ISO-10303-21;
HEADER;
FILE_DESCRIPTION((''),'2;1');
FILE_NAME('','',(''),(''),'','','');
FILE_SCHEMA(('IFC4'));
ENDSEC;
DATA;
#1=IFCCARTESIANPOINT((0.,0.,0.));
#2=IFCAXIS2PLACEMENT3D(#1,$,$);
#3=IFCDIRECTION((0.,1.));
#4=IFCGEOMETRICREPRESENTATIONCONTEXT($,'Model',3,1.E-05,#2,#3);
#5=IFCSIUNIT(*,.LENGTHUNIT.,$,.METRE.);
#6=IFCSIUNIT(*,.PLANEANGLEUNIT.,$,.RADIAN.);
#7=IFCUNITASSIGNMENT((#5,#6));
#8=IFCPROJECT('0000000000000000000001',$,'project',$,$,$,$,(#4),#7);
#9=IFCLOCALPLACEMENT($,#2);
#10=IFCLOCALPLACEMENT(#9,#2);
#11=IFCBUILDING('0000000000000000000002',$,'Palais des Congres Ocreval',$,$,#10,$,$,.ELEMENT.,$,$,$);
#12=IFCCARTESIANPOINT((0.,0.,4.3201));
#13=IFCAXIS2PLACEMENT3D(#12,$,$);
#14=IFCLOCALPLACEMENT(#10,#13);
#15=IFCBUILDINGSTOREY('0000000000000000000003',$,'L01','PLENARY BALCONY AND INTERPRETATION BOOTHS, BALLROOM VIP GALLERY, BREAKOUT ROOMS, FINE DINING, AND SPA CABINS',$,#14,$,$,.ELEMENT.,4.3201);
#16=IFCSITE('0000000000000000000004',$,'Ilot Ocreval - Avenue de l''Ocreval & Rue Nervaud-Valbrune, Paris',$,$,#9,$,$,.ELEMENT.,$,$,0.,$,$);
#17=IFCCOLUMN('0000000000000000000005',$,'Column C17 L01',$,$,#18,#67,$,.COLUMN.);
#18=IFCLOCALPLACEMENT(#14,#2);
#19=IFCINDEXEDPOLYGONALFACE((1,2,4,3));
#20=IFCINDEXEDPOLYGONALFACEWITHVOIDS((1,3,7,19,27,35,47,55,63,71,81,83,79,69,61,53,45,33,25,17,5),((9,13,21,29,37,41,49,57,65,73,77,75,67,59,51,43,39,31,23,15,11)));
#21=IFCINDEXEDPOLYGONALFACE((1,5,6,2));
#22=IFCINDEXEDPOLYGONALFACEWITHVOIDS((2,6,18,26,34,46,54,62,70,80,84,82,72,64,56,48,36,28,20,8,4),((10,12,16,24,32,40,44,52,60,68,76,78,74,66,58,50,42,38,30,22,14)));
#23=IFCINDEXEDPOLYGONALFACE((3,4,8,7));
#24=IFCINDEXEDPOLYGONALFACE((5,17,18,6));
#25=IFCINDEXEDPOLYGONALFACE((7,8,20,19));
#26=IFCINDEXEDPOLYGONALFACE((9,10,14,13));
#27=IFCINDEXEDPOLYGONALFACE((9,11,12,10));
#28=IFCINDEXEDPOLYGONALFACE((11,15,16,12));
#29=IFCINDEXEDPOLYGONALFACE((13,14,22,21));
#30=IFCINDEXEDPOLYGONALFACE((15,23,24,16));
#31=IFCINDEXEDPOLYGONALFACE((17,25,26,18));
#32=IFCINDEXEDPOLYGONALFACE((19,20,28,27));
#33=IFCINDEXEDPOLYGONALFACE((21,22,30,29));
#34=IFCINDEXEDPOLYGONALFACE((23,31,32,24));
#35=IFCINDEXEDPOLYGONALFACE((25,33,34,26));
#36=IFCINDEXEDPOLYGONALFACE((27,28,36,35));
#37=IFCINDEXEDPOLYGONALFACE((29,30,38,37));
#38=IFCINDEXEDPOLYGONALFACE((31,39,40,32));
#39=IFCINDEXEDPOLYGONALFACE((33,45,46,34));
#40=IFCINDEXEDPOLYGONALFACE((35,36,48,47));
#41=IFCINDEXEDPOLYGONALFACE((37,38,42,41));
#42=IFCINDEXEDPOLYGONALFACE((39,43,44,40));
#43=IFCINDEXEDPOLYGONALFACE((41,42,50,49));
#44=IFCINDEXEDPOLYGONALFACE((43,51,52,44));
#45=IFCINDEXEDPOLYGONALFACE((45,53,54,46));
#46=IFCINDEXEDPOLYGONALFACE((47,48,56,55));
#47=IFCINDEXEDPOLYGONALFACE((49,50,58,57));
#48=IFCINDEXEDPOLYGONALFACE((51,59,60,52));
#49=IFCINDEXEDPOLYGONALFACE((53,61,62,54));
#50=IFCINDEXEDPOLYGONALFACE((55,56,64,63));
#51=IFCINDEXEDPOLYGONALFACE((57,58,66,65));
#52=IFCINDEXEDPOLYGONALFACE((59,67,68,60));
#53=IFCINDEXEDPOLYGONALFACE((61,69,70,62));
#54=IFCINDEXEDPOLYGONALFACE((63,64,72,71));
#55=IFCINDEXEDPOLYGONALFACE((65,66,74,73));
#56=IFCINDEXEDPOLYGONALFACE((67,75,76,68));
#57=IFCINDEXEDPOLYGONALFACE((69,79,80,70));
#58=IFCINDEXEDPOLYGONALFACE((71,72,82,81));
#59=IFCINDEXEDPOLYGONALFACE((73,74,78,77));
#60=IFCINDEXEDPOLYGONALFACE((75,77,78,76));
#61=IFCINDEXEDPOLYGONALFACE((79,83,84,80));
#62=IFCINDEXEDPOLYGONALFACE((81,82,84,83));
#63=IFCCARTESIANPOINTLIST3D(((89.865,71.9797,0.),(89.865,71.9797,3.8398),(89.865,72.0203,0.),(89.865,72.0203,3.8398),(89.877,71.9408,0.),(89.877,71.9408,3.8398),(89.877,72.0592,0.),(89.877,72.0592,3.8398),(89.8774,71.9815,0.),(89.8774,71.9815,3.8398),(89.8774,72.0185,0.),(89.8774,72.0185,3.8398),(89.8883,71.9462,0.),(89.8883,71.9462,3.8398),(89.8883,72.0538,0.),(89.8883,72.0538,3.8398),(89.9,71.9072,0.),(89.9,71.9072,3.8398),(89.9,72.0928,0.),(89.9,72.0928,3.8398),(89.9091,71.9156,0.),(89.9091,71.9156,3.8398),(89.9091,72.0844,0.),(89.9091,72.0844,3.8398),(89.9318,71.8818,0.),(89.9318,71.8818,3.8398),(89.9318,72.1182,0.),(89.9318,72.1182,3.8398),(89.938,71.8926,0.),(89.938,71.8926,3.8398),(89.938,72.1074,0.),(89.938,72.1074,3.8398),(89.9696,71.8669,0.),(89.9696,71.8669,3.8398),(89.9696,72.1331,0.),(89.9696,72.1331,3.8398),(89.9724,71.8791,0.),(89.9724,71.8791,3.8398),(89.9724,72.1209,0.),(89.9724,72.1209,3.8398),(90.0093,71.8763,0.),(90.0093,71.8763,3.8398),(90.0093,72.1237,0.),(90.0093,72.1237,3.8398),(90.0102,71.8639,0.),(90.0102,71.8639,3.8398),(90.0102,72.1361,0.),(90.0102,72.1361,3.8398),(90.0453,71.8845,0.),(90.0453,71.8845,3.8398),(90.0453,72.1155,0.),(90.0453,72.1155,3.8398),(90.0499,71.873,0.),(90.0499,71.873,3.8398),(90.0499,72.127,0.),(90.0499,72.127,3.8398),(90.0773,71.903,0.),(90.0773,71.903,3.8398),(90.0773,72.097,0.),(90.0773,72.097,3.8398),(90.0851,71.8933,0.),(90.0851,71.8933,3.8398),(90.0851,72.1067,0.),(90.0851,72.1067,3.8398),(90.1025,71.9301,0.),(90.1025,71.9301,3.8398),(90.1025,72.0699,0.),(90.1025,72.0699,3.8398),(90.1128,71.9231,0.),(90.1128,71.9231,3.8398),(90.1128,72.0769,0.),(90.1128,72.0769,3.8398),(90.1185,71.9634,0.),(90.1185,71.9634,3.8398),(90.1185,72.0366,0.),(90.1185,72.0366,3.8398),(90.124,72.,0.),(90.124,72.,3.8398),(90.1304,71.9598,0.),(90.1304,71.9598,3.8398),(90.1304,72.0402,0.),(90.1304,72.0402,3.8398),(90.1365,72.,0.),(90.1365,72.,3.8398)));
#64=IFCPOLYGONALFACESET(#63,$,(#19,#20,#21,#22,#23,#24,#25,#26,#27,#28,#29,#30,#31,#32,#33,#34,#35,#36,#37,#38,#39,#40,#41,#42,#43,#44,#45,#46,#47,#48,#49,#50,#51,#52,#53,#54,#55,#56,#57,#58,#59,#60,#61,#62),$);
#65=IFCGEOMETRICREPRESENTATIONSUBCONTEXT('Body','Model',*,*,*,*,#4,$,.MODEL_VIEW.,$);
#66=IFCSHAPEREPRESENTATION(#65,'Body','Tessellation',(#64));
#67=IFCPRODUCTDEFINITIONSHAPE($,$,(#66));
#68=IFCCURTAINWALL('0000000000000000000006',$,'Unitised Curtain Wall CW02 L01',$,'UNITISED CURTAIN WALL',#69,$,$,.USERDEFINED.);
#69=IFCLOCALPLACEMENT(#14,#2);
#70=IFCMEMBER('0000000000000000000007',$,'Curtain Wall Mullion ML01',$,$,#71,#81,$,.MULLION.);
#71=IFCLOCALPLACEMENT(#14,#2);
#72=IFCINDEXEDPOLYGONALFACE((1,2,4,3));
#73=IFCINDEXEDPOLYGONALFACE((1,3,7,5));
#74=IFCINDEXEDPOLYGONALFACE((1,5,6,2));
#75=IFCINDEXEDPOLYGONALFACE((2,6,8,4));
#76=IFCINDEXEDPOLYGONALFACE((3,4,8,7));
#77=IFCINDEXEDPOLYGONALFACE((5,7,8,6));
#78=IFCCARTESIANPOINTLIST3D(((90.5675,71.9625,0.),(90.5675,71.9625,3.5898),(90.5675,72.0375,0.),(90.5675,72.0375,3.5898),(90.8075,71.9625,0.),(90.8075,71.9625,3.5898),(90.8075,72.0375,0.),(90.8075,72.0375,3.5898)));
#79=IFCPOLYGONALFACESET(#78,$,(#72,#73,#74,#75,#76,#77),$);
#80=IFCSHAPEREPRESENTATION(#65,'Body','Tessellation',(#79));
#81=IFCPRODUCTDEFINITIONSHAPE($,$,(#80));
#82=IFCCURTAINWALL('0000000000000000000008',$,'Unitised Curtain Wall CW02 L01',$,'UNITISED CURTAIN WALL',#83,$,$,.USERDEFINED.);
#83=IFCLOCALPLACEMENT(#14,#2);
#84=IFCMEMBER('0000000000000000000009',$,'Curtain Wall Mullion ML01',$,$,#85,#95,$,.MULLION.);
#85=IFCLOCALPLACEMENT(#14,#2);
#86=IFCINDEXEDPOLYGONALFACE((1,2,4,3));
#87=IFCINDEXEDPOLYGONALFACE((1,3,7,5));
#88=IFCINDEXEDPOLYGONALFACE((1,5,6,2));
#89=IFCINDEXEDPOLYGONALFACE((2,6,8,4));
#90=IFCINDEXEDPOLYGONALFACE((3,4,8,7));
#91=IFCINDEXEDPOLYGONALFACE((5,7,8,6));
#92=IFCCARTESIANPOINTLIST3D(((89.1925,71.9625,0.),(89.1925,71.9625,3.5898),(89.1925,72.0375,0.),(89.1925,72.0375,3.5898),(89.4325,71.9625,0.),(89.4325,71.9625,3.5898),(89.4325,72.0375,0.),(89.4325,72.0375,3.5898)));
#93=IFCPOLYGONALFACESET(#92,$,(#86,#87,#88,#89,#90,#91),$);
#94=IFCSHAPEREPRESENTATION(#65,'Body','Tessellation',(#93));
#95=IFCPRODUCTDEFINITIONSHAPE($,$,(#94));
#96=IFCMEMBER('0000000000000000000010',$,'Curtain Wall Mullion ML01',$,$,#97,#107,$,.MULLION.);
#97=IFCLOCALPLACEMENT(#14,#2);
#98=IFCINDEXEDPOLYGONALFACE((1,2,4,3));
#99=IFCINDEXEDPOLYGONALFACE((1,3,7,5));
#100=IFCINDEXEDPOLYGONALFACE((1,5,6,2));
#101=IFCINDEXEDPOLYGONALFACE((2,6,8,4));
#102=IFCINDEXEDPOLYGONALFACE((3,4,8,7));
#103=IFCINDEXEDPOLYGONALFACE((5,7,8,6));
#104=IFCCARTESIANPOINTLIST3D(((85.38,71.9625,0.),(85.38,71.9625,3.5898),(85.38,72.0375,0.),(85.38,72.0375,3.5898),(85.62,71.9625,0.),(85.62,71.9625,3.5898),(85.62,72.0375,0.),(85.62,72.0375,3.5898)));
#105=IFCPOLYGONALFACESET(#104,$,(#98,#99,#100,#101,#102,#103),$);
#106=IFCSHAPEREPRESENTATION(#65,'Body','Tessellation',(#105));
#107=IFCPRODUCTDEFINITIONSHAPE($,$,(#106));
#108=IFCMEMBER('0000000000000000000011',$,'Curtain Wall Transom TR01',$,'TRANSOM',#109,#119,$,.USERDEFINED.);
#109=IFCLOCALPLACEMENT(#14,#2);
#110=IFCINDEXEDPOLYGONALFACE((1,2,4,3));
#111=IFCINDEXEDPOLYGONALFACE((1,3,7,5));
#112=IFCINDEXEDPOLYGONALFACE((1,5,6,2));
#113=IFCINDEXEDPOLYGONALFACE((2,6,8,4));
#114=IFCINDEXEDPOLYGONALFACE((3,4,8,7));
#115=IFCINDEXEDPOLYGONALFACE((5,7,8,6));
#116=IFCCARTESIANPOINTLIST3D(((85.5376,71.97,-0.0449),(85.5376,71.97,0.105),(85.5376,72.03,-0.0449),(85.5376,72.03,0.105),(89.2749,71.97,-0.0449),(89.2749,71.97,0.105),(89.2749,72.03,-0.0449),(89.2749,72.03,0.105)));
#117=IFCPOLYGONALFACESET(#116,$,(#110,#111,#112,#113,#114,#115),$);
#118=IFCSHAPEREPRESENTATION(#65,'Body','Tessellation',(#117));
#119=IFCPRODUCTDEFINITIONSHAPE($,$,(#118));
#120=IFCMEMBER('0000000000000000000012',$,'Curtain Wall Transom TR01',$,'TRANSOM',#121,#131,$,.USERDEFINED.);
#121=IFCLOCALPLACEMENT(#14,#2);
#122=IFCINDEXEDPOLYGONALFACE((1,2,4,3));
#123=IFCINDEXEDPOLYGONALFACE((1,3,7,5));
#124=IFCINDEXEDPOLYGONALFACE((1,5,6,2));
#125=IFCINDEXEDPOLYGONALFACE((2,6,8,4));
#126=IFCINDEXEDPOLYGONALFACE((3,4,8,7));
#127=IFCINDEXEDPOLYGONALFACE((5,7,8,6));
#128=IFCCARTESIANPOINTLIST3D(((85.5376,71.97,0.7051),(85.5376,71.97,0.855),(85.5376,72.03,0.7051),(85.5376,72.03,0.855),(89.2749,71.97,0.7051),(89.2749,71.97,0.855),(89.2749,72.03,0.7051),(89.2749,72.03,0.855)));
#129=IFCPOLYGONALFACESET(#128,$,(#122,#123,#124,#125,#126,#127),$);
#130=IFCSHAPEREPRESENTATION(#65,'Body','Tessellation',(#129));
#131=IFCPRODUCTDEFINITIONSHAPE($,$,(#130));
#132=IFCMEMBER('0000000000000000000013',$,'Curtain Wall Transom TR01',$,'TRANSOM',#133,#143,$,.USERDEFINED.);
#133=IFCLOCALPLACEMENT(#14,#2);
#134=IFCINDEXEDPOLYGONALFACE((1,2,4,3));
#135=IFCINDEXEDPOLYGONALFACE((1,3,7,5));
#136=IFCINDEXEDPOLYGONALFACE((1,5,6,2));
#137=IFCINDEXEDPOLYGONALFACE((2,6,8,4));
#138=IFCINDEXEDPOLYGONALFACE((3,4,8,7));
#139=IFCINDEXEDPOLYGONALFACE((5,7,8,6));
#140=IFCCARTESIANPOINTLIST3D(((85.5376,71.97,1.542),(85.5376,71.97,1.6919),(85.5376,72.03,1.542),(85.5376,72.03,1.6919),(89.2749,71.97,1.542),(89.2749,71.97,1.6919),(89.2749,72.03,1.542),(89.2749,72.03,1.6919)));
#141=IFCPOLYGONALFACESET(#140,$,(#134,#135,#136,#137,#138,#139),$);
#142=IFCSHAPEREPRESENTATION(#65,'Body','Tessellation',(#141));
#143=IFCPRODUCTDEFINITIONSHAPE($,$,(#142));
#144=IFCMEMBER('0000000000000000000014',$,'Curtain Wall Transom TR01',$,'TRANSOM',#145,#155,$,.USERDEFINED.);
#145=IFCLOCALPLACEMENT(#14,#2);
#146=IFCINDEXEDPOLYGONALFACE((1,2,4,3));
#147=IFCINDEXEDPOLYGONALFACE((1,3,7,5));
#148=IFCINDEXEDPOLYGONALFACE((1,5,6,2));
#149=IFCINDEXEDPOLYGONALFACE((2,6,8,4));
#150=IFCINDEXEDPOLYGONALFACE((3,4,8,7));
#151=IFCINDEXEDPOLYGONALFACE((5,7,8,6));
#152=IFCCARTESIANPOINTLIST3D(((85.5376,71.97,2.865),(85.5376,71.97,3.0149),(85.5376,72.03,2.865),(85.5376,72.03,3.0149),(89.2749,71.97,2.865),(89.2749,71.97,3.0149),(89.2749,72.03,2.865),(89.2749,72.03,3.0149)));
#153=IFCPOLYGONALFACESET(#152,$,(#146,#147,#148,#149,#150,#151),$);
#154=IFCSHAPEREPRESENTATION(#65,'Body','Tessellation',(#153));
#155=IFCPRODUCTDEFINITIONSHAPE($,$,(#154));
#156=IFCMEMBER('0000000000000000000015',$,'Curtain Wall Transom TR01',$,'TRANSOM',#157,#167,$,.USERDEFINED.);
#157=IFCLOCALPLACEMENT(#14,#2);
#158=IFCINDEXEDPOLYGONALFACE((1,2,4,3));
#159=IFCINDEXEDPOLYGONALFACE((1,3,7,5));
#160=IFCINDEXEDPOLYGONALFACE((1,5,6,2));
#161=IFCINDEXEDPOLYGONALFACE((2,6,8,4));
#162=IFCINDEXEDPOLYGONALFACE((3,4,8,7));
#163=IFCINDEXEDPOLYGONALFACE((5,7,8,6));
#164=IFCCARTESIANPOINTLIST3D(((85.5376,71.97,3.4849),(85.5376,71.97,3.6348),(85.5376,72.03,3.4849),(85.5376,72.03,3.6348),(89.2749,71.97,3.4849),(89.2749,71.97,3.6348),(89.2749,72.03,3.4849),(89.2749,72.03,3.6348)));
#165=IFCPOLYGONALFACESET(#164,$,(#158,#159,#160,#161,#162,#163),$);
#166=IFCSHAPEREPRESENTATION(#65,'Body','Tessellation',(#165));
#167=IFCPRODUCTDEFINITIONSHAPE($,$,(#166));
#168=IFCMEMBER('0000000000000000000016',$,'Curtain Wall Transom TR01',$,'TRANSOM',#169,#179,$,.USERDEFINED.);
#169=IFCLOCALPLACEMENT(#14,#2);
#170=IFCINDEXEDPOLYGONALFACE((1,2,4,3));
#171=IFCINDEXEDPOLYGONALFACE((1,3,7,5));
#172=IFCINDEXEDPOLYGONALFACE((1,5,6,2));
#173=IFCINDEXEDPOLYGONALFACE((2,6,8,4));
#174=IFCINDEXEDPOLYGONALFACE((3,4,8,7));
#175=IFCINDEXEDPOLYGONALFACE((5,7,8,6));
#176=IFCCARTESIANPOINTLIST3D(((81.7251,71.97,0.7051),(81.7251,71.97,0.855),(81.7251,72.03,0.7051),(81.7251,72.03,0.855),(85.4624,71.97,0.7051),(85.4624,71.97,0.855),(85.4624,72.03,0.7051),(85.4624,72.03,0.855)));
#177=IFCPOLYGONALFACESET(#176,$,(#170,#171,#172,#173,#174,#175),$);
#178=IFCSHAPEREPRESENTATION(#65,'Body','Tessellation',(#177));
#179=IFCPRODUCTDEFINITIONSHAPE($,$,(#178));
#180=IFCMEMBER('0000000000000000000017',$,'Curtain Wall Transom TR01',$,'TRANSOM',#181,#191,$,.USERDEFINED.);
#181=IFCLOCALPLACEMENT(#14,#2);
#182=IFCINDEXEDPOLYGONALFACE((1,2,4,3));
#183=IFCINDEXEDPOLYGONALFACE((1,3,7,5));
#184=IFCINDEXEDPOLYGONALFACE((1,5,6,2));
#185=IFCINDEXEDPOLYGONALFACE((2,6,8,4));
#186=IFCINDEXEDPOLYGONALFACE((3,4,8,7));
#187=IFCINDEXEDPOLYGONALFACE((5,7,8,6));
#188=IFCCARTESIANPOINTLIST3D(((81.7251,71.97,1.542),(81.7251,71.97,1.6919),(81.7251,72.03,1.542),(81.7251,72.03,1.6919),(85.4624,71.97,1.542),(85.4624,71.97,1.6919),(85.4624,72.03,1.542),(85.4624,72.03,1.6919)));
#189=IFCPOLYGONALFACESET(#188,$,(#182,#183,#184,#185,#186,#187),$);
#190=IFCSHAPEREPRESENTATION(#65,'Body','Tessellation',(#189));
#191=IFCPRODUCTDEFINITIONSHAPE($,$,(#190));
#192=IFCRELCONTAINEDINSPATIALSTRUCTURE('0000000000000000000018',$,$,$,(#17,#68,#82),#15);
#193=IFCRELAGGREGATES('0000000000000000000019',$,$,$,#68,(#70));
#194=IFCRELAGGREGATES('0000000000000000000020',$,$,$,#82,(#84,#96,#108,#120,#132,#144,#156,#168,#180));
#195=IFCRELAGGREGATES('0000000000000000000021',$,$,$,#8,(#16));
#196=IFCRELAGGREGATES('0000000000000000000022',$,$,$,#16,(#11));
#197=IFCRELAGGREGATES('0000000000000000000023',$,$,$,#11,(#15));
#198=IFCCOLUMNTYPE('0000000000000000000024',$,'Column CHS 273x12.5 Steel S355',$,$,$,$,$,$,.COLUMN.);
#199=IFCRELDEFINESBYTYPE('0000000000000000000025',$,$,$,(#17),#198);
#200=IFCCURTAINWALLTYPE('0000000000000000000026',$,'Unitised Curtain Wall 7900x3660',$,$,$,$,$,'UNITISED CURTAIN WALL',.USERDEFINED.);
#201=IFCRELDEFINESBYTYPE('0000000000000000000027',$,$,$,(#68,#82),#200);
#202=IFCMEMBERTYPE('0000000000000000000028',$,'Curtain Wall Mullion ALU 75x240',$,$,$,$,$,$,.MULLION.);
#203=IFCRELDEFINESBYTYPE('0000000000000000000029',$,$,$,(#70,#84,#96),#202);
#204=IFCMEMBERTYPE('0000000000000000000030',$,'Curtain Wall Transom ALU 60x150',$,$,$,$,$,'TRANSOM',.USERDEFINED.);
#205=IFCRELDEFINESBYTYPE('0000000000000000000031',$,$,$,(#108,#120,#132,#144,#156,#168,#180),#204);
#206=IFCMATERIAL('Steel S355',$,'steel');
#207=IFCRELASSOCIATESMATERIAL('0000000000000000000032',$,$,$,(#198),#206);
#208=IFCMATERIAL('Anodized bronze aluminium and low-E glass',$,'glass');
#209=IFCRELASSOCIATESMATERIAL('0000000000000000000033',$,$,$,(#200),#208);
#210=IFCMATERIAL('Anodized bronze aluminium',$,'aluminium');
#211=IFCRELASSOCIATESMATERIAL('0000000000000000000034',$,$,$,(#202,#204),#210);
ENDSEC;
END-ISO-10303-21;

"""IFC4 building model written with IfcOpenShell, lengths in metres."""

from ifc_helpers import new_model, si_unit, direction, frame, origin, origin_2d, place, context, subcontext, project, spatial, rectangle, hollow_circle, extrude, material, material_profile, profile_set, type_object, element, aggregate, save


model = new_model("IFC4")

# Units and contexts
model_context = context("Model", 3, precision=1e-05, world=origin(), true_north=direction((0.0, 1.0)))
body_context = subcontext(model_context, "Body", "Model", "MODEL_VIEW")
ifc_project = project(units=[si_unit("LENGTHUNIT", "METRE"), si_unit("PLANEANGLEUNIT", "RADIAN")], contexts=[model_context])

# Site, building, storey
site_placement = place(None, origin())
site = spatial("IfcSite", under=ifc_project, at=site_placement, Name="Ilot Ocreval - Avenue de l'Ocreval & Rue Nervaud-Valbrune, Paris", CompositionType="ELEMENT", RefElevation=0.0)
building_placement = place(site_placement, origin())
building = spatial("IfcBuilding", under=site, at=building_placement, Name="Palais des Congres Ocreval", CompositionType="ELEMENT")
storey_placement = place(building_placement, frame((0.0, 0.0, 4.3201)))
storey = spatial("IfcBuildingStorey", under=building, at=storey_placement, Name="L01", Description="PLENARY BALCONY AND INTERPRETATION BOOTHS, BALLROOM VIP GALLERY, BREAKOUT ROOMS, FINE DINING, AND SPA CABINS", CompositionType="ELEMENT", Elevation=4.3201)

# Column
ifc_material_1 = material(Name="Steel S355", Category="steel")
ifc_material_profile_1 = material_profile(ifc_material_1, hollow_circle(Radius=0.1365, WallThickness=0.0125, at=origin_2d()), Name="CHS 273x12.5")
ifc_profile_set_1 = profile_set([ifc_material_profile_1], Name="Steel S355")
column_type = type_object("IfcColumnType", Name="Column CHS 273x12.5 Steel S355", PredefinedType="COLUMN", material=ifc_profile_set_1)
column_placement = place(storey_placement, frame((90.0, 72.0, 0.0), z_axis=(0.0, 0.0, 1.0), x_axis=(1.0, 0.0, 0.0)))
element("IfcColumn", 1, at=column_placement, inside=storey, type_object=column_type, Name="Column C17 L01", PredefinedType="COLUMN", context=body_context, shape_type="SweptSolid", body=[
    extrude(hollow_circle(Radius=0.1365, WallThickness=0.0125, at=origin_2d()), origin(), (0.0, 0.0, 1.0), 3.8398),
])

# Curtain wall, member
ifc_material_2 = material(Name="Anodized bronze aluminium and low-E glass", Category="glass")
curtain_wall_type = type_object("IfcCurtainWallType", Name="Unitised Curtain Wall 7900x3660", ElementType="UNITISED CURTAIN WALL", PredefinedType="USERDEFINED", material=ifc_material_2)
curtain_wall_1_placement = place(storey_placement, origin())
curtain_wall_1 = element("IfcCurtainWall", 2, at=curtain_wall_1_placement, inside=storey, type_object=curtain_wall_type, Name="Unitised Curtain Wall CW02 L01", ObjectType="UNITISED CURTAIN WALL", PredefinedType="USERDEFINED")
ifc_material_3 = material(Name="Anodized bronze aluminium", Category="aluminium")
ifc_material_profile_2 = material_profile(ifc_material_3, rectangle(XDim=0.075, YDim=0.24, at=origin_2d()), Name="ALU 75x240")
ifc_profile_set_2 = profile_set([ifc_material_profile_2], Name="Anodized bronze aluminium")
member_type_1 = type_object("IfcMemberType", Name="Curtain Wall Mullion ALU 75x240", PredefinedType="MULLION", material=ifc_profile_set_2)
member_1_placement = place(storey_placement, frame((90.6875, 72.0, 0.0), z_axis=(0.0, 0.0, 1.0), x_axis=(0.0, -1.0, 0.0)))
member_1 = element("IfcMember", 3, at=member_1_placement, type_object=member_type_1, Name="Curtain Wall Mullion ML01", PredefinedType="MULLION", context=body_context, shape_type="SweptSolid", body=[
    extrude(rectangle(XDim=0.075, YDim=0.24, at=origin_2d()), origin(), (0.0, 0.0, 1.0), 3.5898),
])

# Curtain wall, members
curtain_wall_2_placement = place(storey_placement, origin())
curtain_wall_2 = element("IfcCurtainWall", 4, at=curtain_wall_2_placement, inside=storey, type_object=curtain_wall_type, Name="Unitised Curtain Wall CW02 L01", ObjectType="UNITISED CURTAIN WALL", PredefinedType="USERDEFINED")
member_2_placement = place(storey_placement, frame((89.3125, 72.0, 0.0), z_axis=(0.0, 0.0, 1.0), x_axis=(0.0, -1.0, 0.0)))
member_2 = element("IfcMember", 5, at=member_2_placement, type_object=member_type_1, Name="Curtain Wall Mullion ML01", PredefinedType="MULLION", context=body_context, shape_type="SweptSolid", body=[
    extrude(rectangle(XDim=0.075, YDim=0.24, at=origin_2d()), origin(), (0.0, 0.0, 1.0), 3.5898),
])
member_3_placement = place(storey_placement, frame((85.5, 72.0, 0.0), z_axis=(0.0, 0.0, 1.0), x_axis=(0.0, -1.0, 0.0)))
member_3 = element("IfcMember", 6, at=member_3_placement, type_object=member_type_1, Name="Curtain Wall Mullion ML01", PredefinedType="MULLION", context=body_context, shape_type="SweptSolid", body=[
    extrude(rectangle(XDim=0.075, YDim=0.24, at=origin_2d()), origin(), (0.0, 0.0, 1.0), 3.5898),
])
ifc_material_profile_3 = material_profile(ifc_material_3, rectangle(XDim=0.0601, YDim=0.1499, at=origin_2d()), Name="ALU 60x150")
ifc_profile_set_3 = profile_set([ifc_material_profile_3], Name="Anodized bronze aluminium")
member_type_2 = type_object("IfcMemberType", Name="Curtain Wall Transom ALU 60x150", ElementType="TRANSOM", PredefinedType="USERDEFINED", material=ifc_profile_set_3)
member_4_placement = place(storey_placement, frame((89.2749, 72.0, 0.03), z_axis=(-1.0, 0.0, 0.0), x_axis=(0.0, -1.0, 0.0)))
member_4 = element("IfcMember", 7, at=member_4_placement, type_object=member_type_2, Name="Curtain Wall Transom TR01", ObjectType="TRANSOM", PredefinedType="USERDEFINED", context=body_context, shape_type="SweptSolid", body=[
    extrude(rectangle(XDim=0.0601, YDim=0.1499, at=origin_2d()), origin(), (0.0, 0.0, 1.0), 3.7373),
])
member_5_placement = place(storey_placement, frame((89.2749, 72.0, 0.78), z_axis=(-1.0, 0.0, 0.0), x_axis=(0.0, -1.0, 0.0)))
member_5 = element("IfcMember", 8, at=member_5_placement, type_object=member_type_2, Name="Curtain Wall Transom TR01", ObjectType="TRANSOM", PredefinedType="USERDEFINED", context=body_context, shape_type="SweptSolid", body=[
    extrude(rectangle(XDim=0.0601, YDim=0.1499, at=origin_2d()), origin(), (0.0, 0.0, 1.0), 3.7373),
])
member_6_placement = place(storey_placement, frame((89.2749, 72.0, 1.6169), z_axis=(-1.0, 0.0, 0.0), x_axis=(0.0, -1.0, 0.0)))
member_6 = element("IfcMember", 9, at=member_6_placement, type_object=member_type_2, Name="Curtain Wall Transom TR01", ObjectType="TRANSOM", PredefinedType="USERDEFINED", context=body_context, shape_type="SweptSolid", body=[
    extrude(rectangle(XDim=0.0601, YDim=0.1499, at=origin_2d()), origin(), (0.0, 0.0, 1.0), 3.7373),
])
member_7_placement = place(storey_placement, frame((89.2749, 72.0, 2.9399), z_axis=(-1.0, 0.0, 0.0), x_axis=(0.0, -1.0, 0.0)))
member_7 = element("IfcMember", 10, at=member_7_placement, type_object=member_type_2, Name="Curtain Wall Transom TR01", ObjectType="TRANSOM", PredefinedType="USERDEFINED", context=body_context, shape_type="SweptSolid", body=[
    extrude(rectangle(XDim=0.0601, YDim=0.1499, at=origin_2d()), origin(), (0.0, 0.0, 1.0), 3.7373),
])
member_8_placement = place(storey_placement, frame((89.2749, 72.0, 3.5598), z_axis=(-1.0, 0.0, 0.0), x_axis=(0.0, -1.0, 0.0)))
member_8 = element("IfcMember", 11, at=member_8_placement, type_object=member_type_2, Name="Curtain Wall Transom TR01", ObjectType="TRANSOM", PredefinedType="USERDEFINED", context=body_context, shape_type="SweptSolid", body=[
    extrude(rectangle(XDim=0.0601, YDim=0.1499, at=origin_2d()), origin(), (0.0, 0.0, 1.0), 3.7373),
])
member_9_placement = place(storey_placement, frame((85.4624, 72.0, 0.78), z_axis=(-1.0, 0.0, 0.0), x_axis=(0.0, -1.0, 0.0)))
member_9 = element("IfcMember", 12, at=member_9_placement, type_object=member_type_2, Name="Curtain Wall Transom TR01", ObjectType="TRANSOM", PredefinedType="USERDEFINED", context=body_context, shape_type="SweptSolid", body=[
    extrude(rectangle(XDim=0.0601, YDim=0.1499, at=origin_2d()), origin(), (0.0, 0.0, 1.0), 3.7373),
])
member_10_placement = place(storey_placement, frame((85.4624, 72.0, 1.6169), z_axis=(-1.0, 0.0, 0.0), x_axis=(0.0, -1.0, 0.0)))
member_10 = element("IfcMember", 13, at=member_10_placement, type_object=member_type_2, Name="Curtain Wall Transom TR01", ObjectType="TRANSOM", PredefinedType="USERDEFINED", context=body_context, shape_type="SweptSolid", body=[
    extrude(rectangle(XDim=0.0601, YDim=0.1499, at=origin_2d()), origin(), (0.0, 0.0, 1.0), 3.7373),
])

aggregate(curtain_wall_1, [member_1])
aggregate(curtain_wall_2, [member_2, member_3, member_4, member_5, member_6, member_7, member_8, member_9, member_10])

save(model, "model.ifc")
